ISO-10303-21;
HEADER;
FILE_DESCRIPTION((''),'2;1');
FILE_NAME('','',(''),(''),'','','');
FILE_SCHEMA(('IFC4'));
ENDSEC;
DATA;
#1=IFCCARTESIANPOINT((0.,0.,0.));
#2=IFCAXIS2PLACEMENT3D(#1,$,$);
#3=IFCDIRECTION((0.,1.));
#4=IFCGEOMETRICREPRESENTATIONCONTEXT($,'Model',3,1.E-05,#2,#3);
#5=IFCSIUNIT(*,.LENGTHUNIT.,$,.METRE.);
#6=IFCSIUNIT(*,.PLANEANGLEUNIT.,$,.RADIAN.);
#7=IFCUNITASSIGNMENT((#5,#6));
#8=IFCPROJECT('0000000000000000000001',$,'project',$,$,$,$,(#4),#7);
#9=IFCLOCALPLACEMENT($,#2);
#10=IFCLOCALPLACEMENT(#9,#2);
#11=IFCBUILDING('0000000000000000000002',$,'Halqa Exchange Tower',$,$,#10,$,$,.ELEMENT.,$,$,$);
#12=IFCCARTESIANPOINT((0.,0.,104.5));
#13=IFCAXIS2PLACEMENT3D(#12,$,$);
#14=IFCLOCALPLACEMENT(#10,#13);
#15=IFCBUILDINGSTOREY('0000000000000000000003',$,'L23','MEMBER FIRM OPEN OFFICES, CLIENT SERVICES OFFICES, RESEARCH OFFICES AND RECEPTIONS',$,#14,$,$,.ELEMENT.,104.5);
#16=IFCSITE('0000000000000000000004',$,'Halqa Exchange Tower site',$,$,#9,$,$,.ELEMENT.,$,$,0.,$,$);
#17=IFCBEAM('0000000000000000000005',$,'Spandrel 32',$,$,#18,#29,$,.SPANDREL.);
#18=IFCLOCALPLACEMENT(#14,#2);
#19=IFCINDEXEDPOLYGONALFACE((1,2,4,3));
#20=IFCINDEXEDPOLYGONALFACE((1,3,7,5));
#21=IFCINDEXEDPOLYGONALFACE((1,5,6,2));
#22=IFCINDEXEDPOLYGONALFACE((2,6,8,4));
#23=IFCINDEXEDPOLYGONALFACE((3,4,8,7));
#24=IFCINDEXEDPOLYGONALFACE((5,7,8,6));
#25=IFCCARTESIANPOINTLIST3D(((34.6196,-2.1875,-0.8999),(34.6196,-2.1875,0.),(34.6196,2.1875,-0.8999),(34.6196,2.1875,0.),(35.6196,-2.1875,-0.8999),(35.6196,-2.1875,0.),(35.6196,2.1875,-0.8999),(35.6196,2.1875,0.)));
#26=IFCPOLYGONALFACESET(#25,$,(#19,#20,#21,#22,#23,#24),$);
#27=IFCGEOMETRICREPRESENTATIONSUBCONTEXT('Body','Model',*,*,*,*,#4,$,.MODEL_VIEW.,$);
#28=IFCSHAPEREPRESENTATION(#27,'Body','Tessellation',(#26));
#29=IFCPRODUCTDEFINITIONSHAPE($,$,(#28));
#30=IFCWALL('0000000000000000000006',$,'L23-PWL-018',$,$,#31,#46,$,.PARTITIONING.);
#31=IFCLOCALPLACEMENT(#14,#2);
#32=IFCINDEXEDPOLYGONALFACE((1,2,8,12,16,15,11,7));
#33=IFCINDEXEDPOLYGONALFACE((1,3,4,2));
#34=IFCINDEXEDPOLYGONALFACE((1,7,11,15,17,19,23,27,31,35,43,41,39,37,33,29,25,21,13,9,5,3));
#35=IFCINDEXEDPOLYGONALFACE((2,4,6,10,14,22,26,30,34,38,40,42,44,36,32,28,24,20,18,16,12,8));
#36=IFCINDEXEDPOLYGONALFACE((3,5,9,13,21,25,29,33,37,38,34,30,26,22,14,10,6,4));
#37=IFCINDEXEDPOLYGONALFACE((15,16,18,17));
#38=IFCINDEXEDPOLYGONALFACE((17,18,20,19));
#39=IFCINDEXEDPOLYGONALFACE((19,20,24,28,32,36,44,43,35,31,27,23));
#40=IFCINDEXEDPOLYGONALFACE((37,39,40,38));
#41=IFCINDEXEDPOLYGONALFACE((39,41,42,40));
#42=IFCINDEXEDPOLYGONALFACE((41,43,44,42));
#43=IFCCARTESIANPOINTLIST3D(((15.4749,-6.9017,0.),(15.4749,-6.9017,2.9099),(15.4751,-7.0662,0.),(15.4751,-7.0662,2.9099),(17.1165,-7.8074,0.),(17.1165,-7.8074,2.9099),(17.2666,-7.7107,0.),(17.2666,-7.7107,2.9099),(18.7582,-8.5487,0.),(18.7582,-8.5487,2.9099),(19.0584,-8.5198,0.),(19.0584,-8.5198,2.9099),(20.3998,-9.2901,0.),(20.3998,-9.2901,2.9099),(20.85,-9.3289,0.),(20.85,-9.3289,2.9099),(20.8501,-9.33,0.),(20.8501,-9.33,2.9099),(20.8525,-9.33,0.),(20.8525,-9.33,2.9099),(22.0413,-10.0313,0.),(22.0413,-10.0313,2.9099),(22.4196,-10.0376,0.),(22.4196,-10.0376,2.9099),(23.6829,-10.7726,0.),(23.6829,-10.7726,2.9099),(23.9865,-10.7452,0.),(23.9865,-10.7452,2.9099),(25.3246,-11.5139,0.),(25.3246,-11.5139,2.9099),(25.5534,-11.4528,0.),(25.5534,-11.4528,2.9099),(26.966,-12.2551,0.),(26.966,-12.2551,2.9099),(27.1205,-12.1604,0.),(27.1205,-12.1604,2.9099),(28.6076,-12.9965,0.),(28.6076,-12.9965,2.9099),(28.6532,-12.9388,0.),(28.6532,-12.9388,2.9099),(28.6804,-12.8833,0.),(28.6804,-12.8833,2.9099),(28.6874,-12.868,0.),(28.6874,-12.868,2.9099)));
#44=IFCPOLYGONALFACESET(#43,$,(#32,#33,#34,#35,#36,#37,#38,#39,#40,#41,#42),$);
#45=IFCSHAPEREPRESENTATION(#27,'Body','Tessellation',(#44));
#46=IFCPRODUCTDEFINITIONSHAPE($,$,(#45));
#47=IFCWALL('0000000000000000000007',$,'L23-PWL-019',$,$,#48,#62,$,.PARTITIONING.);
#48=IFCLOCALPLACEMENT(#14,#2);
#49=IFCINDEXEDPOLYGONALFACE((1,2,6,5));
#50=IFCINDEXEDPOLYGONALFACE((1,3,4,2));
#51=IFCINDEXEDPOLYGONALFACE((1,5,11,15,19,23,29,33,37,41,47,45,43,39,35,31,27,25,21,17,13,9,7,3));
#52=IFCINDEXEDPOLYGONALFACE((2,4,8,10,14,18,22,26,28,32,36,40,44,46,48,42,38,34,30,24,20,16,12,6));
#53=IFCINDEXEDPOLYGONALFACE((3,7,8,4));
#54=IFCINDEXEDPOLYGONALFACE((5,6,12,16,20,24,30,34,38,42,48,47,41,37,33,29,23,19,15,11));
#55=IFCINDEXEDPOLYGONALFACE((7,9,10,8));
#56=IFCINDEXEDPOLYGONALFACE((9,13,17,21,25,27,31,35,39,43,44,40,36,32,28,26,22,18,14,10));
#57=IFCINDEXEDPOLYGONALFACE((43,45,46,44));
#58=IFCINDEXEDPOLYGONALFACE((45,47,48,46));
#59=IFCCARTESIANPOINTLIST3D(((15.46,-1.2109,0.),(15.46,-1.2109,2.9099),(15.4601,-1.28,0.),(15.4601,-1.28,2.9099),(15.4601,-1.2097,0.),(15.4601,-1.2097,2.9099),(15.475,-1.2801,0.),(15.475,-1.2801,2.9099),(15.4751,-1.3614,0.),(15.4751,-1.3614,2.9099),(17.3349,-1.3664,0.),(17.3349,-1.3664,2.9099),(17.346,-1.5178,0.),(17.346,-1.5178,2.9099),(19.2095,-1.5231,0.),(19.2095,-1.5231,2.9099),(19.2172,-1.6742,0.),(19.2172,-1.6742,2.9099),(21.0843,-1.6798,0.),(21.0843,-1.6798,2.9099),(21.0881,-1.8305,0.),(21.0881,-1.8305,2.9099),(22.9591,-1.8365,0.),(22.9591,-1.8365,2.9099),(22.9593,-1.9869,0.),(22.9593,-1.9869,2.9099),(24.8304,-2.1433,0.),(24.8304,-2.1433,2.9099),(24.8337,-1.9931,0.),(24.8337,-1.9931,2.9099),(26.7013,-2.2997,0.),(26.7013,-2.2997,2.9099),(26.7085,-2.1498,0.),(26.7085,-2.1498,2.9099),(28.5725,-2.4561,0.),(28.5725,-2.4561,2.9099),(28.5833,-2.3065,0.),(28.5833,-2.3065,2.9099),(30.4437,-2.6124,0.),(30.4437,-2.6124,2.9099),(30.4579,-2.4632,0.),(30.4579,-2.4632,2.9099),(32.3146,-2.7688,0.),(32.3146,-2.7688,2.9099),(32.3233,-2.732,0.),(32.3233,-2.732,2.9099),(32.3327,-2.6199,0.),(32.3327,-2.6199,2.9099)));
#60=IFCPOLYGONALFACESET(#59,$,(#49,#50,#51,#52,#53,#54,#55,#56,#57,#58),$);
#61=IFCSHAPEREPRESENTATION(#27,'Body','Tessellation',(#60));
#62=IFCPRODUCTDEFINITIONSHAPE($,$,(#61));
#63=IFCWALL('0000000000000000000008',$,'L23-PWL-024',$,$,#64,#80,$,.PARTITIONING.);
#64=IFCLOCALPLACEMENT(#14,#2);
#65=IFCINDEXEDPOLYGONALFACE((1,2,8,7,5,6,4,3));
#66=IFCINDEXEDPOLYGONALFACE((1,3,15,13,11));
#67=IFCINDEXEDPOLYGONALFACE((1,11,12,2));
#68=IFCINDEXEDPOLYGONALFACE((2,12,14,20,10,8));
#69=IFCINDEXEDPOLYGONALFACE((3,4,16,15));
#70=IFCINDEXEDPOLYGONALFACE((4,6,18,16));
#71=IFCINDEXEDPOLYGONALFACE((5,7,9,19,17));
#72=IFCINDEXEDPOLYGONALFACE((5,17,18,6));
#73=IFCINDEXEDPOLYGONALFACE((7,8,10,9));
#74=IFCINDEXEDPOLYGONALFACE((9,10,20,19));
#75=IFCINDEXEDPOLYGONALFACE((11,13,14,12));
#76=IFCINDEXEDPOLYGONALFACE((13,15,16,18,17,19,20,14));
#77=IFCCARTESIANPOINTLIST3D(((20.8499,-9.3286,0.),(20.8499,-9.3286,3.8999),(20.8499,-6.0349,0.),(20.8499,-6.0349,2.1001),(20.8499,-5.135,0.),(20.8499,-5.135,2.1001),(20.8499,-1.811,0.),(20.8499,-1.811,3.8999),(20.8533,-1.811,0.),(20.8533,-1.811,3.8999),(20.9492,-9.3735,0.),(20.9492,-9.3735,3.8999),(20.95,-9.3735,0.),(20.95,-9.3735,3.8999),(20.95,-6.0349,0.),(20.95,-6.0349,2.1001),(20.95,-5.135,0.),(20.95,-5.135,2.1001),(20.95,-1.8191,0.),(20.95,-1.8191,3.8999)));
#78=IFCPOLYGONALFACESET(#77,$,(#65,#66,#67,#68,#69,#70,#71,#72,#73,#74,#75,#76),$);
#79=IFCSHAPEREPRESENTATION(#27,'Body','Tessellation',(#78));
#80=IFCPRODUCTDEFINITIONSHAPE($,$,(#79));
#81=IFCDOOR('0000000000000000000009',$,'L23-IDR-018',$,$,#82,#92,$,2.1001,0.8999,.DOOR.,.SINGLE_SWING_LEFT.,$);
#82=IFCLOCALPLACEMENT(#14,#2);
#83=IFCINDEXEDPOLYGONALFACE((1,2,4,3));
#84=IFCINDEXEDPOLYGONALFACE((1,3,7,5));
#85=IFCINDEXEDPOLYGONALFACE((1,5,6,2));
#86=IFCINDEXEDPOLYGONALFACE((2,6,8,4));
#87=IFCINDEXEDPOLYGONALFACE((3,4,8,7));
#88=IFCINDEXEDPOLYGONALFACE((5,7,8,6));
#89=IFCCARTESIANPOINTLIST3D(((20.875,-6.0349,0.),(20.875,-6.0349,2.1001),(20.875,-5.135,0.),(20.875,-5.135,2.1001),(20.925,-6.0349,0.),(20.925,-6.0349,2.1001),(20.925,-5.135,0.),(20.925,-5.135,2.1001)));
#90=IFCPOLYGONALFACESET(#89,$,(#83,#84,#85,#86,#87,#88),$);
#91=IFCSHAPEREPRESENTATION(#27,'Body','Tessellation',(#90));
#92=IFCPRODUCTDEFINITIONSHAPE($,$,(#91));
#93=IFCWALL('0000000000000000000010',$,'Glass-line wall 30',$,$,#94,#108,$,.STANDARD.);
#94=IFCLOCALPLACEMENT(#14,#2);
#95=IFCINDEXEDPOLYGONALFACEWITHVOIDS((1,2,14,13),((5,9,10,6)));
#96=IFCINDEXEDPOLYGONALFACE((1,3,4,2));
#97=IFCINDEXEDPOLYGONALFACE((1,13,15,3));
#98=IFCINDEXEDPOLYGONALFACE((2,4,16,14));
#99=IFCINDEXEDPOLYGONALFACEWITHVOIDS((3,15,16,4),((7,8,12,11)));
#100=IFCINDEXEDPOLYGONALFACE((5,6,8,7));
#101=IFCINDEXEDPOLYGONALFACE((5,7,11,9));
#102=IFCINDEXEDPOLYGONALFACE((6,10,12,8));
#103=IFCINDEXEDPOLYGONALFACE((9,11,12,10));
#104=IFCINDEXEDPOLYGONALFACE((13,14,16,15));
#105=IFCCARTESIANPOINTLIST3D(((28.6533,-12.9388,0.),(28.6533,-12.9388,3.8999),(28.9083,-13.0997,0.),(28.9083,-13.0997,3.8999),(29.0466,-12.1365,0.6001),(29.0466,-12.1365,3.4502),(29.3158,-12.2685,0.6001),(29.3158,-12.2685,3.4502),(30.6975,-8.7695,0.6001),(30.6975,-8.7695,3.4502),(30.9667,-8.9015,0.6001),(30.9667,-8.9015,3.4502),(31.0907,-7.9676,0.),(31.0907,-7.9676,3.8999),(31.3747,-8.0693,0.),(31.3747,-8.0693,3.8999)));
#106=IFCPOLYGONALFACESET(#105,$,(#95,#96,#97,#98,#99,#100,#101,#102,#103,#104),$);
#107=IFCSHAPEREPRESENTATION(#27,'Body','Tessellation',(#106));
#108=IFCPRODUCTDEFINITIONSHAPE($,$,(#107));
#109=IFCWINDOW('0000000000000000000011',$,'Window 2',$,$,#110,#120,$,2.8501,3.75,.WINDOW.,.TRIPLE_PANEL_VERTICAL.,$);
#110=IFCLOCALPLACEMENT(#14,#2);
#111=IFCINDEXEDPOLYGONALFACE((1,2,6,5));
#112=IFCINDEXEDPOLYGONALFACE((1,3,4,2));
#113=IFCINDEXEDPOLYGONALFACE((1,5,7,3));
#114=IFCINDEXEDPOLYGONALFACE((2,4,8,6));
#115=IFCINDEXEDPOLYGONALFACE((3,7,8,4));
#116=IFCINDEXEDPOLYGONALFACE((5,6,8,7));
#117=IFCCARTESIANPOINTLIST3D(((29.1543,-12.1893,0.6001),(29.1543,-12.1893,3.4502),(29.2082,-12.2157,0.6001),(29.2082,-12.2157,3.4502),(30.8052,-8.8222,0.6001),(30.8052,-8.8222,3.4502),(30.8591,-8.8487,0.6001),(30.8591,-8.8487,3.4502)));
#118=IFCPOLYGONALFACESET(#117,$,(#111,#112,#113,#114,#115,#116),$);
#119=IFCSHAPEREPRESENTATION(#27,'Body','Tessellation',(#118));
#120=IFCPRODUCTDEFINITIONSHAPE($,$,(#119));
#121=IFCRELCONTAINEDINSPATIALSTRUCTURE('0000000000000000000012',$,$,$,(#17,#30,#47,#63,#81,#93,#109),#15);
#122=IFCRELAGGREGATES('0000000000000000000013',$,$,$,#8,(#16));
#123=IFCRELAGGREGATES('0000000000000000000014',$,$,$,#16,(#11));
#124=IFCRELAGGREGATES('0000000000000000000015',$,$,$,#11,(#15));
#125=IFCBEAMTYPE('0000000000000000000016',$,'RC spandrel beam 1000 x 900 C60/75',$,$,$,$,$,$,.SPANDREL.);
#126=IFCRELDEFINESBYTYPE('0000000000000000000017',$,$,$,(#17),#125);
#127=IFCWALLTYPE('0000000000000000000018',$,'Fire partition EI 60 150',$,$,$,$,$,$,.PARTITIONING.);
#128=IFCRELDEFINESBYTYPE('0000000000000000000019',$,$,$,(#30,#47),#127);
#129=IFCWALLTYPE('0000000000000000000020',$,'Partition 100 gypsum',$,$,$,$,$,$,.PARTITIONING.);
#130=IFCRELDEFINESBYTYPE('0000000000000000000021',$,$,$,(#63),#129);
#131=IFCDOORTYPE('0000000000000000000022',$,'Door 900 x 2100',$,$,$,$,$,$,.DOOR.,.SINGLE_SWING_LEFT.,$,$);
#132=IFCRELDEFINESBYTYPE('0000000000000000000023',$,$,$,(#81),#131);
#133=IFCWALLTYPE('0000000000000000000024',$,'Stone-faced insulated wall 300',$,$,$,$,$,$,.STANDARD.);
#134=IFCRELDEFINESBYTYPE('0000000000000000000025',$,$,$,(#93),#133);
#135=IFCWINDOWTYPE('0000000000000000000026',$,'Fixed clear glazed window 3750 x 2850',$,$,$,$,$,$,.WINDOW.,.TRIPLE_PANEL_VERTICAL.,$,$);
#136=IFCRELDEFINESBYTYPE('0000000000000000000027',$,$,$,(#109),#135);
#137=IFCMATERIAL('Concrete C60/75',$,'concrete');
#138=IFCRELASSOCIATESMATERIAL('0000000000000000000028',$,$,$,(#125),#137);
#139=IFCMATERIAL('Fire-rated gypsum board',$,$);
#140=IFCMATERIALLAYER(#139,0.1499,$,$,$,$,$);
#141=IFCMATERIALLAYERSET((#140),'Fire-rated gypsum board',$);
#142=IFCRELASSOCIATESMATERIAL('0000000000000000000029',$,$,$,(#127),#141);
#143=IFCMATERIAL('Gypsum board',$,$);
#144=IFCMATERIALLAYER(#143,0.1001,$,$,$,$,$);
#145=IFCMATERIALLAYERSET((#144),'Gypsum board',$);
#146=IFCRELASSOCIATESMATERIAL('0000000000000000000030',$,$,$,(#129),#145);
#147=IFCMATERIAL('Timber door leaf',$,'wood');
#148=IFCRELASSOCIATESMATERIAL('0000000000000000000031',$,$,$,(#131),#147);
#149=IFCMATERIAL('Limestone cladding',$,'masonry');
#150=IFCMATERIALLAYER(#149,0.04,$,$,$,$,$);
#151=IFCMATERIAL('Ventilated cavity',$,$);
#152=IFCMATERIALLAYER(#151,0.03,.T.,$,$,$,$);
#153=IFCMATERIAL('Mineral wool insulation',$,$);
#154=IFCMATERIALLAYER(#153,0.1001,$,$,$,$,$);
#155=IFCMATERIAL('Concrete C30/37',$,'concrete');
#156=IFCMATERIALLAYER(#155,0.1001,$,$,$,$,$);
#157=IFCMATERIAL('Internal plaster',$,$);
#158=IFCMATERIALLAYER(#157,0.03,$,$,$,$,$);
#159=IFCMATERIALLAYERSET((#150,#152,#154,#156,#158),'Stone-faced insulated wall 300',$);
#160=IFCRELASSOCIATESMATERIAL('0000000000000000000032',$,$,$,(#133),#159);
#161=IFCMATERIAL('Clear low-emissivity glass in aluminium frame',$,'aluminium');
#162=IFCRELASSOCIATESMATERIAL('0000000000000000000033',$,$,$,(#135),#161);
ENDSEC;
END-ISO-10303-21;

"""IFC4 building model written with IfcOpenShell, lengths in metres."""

from ifc_helpers import new_model, si_unit, direction, frame, frame_2d, origin, origin_2d, place, context, subcontext, project, spatial, polyline, rectangle, outline, extrude, material, layer, layer_set, material_profile, profile_set, type_object, element, fill, save


model = new_model("IFC4")

# Units and contexts
model_context = context("Model", 3, precision=1e-05, world=origin(), true_north=direction((0.0, 1.0)))
body_context = subcontext(model_context, "Body", "Model", "MODEL_VIEW")
ifc_project = project(units=[si_unit("LENGTHUNIT", "METRE"), si_unit("PLANEANGLEUNIT", "RADIAN")], contexts=[model_context])

# Site, building, storey
site_placement = place(None, origin())
site = spatial("IfcSite", under=ifc_project, at=site_placement, Name="Halqa Exchange Tower site", CompositionType="ELEMENT", RefElevation=0.0)
building_placement = place(site_placement, origin())
building = spatial("IfcBuilding", under=site, at=building_placement, Name="Halqa Exchange Tower", CompositionType="ELEMENT")
storey_placement = place(building_placement, frame((0.0, 0.0, 104.5)))
storey = spatial("IfcBuildingStorey", under=building, at=storey_placement, Name="L23", Description="MEMBER FIRM OPEN OFFICES, CLIENT SERVICES OFFICES, RESEARCH OFFICES AND RECEPTIONS", CompositionType="ELEMENT", Elevation=104.5)

# Beam
ifc_material_1 = material(Name="Concrete C60/75", Category="concrete")
ifc_material_profile_1 = material_profile(ifc_material_1, rectangle(XDim=1.0, YDim=0.8999, at=origin_2d()), Name="1000 x 900")
ifc_profile_set_1 = profile_set([ifc_material_profile_1], Name="Concrete C60/75")
beam_type_1 = type_object("IfcBeamType", Name="RC spandrel beam 1000 x 900 C60/75", PredefinedType="SPANDREL", material=ifc_profile_set_1)
beam_1_placement = place(storey_placement, frame((35.1196, -2.1875, -0.45), z_axis=(0.0, 1.0, 0.0), x_axis=(-1.0, 0.0, 0.0)))
element("IfcBeam", 1, at=beam_1_placement, inside=storey, type_object=beam_type_1, Name="Spandrel 32", PredefinedType="SPANDREL", context=body_context, shape_type="SweptSolid", body=[
    extrude(rectangle(XDim=1.0, YDim=0.8999, at=origin_2d()), origin(), (0.0, 0.0, 1.0), 4.375),
])

# Walls
ifc_material_2 = material(Name="Fire-rated gypsum board")
ifc_layer_1 = layer(ifc_material_2, 0.1499)
ifc_layer_set_1 = layer_set([ifc_layer_1], Name="Fire-rated gypsum board")
wall_type_1 = type_object("IfcWallType", Name="Fire partition EI 60 150", PredefinedType="PARTITIONING", material=ifc_layer_set_1)
wall_1_placement = place(storey_placement, frame((15.4441, -6.97, 0.0), z_axis=(0.0, 0.0, 1.0), x_axis=(0.911386, -0.411553, 0.0)))
element("IfcWall", 2, at=wall_1_placement, inside=storey, type_object=wall_type_1, Name="L23-PWL-018", PredefinedType="PARTITIONING", context=body_context, shape_type="SweptSolid", body=[
    extrude(outline(polyline([(0.0679, -0.075), (1.8689, -0.075), (3.6702, -0.075), (5.4714, -0.075), (7.2725, -0.075), (9.0737, -0.075), (10.875, -0.075), (12.676, -0.075), (14.4773, -0.075), (14.4951, -0.0037), (14.4971, 0.0581), (14.4971, 0.075), (12.7778, 0.075), (11.0583, 0.075), (9.3391, 0.075), (7.6199, 0.075), (5.9004, 0.075), (5.8982, 0.074), (5.8977, 0.075), (3.9319, 0.075), (1.9658, 0.075), (0.0, 0.075), (0.0679, -0.075)])), origin(), (0.0, 0.0, 1.0), 2.9099),
])
wall_2_placement = place(storey_placement, frame((15.4539, -1.2844, 0.0), z_axis=(0.0, 0.0, 1.0), x_axis=(0.996526, -0.083287, 0.0)))
element("IfcWall", 3, at=wall_2_placement, inside=storey, type_object=wall_type_1, Name="L23-PWL-019", PredefinedType="PARTITIONING", context=body_context, shape_type="SweptSolid", body=[
    extrude(outline(polyline([(0.0276, -0.075), (1.905, -0.075), (3.7827, -0.075), (5.6602, -0.075), (7.5378, -0.075), (9.4155, -0.075), (11.293, -0.075), (13.1707, -0.075), (15.0483, -0.075), (16.9258, -0.075), (16.9314, -0.0376), (16.9314, 0.075), (15.05, 0.075), (13.1689, 0.075), (11.2876, 0.075), (9.4062, 0.075), (7.5251, 0.075), (5.6438, 0.075), (3.7625, 0.075), (1.8813, 0.075), (0.0, 0.075), (0.0, 0.0737), (0.0059, 0.0049), (0.0208, 0.0061), (0.0276, -0.075)])), origin(), (0.0, 0.0, 1.0), 2.9099),
])

# Wall, opening, door
ifc_material_3 = material(Name="Gypsum board")
ifc_layer_2 = layer(ifc_material_3, 0.1001)
ifc_layer_set_2 = layer_set([ifc_layer_2], Name="Gypsum board")
wall_type_2 = type_object("IfcWallType", Name="Partition 100 gypsum", PredefinedType="PARTITIONING", material=ifc_layer_set_2)
wall_3_placement = place(storey_placement, frame((20.8999, -1.811, 0.0), z_axis=(0.0, 0.0, 1.0), x_axis=(0.0, -1.0, 0.0)))
wall_3 = element("IfcWall", 4, at=wall_3_placement, inside=storey, type_object=wall_type_2, Name="L23-PWL-024", PredefinedType="PARTITIONING", context=body_context, shape_type="SweptSolid", body=[
    extrude(outline(polyline([(0.0, -0.05), (1.8794, -0.05), (3.7588, -0.05), (5.6382, -0.05), (7.5176, -0.05), (7.5625, 0.0493), (7.5625, 0.05), (5.6738, 0.05), (3.7854, 0.05), (1.8967, 0.05), (0.0081, 0.05), (0.0, -0.0466), (0.0, -0.05)])), origin(), (0.0, 0.0, 1.0), 3.8999),
])
opening_1_placement = place(wall_3_placement, frame((3.324, 0.0, 0.0)))
opening_1 = element("IfcOpeningElement", 5, at=opening_1_placement, cuts=wall_3, PredefinedType="OPENING", context=body_context, shape_type="SweptSolid", body=[
    extrude(rectangle(XDim=0.8999, YDim=2.1001, at=frame_2d((0.45, 1.05))), frame((0.0, 0.062, 0.0), z_axis=(0.0, -1.0, 0.0), x_axis=(1.0, 0.0, 0.0)), (0.0, 0.0, 1.0), 0.124),
])
ifc_material_4 = material(Name="Timber door leaf", Category="wood")
door_type_1 = type_object("IfcDoorType", Name="Door 900 x 2100", OperationType="SINGLE_SWING_LEFT", PredefinedType="DOOR", material=ifc_material_4)
door_1_placement = place(opening_1_placement, frame((0.8999, 0.0, 0.0), z_axis=(0.0, 0.0, 1.0), x_axis=(-1.0, 0.0, 0.0)))
door_1 = element("IfcDoor", 6, at=door_1_placement, inside=storey, type_object=door_type_1, Name="L23-IDR-018", OperationType="SINGLE_SWING_LEFT", OverallHeight=2.1001, OverallWidth=0.8999, PredefinedType="DOOR", context=body_context, shape_type="SweptSolid", body=[
    extrude(rectangle(XDim=0.8999, YDim=2.1001, at=frame_2d((0.45, 1.05))), frame((0.0, 0.0249, 0.0), z_axis=(0.0, -1.0, 0.0), x_axis=(1.0, 0.0, 0.0)), (0.0, 0.0, 1.0), 0.05),
])
fill(opening_1, door_1)

# Wall, opening, window
ifc_material_5 = material(Name="Limestone cladding", Category="masonry")
ifc_layer_3 = layer(ifc_material_5, 0.04)
ifc_material_6 = material(Name="Ventilated cavity")
ifc_layer_4 = layer(ifc_material_6, 0.03, ventilated=True)
ifc_material_7 = material(Name="Mineral wool insulation")
ifc_layer_5 = layer(ifc_material_7, 0.1001)
ifc_material_8 = material(Name="Concrete C30/37", Category="concrete")
ifc_layer_6 = layer(ifc_material_8, 0.1001)
ifc_material_9 = material(Name="Internal plaster")
ifc_layer_7 = layer(ifc_material_9, 0.03)
ifc_layer_set_3 = layer_set([ifc_layer_3, ifc_layer_4, ifc_layer_5, ifc_layer_6, ifc_layer_7], Name="Stone-faced insulated wall 300")
wall_type_3 = type_object("IfcWallType", Name="Stone-faced insulated wall 300", PredefinedType="STANDARD", material=ifc_layer_set_3)
wall_4_placement = place(storey_placement, frame((28.7808, -13.0193, 0.0), z_axis=(0.0, 0.0, 1.0), x_axis=(0.440239, 0.897881, 0.0)))
wall_4 = element("IfcWall", 7, at=wall_4_placement, inside=storey, type_object=wall_type_3, Name="Glass-line wall 30", PredefinedType="STANDARD", context=body_context, shape_type="SweptSolid", body=[
    extrude(outline(polyline([(-0.0161, -0.1499), (5.5864, -0.1499), (5.5527, 0.1499), (0.0161, 0.1499), (-0.0161, -0.1499)])), origin(), (0.0, 0.0, 1.0), 3.8999),
])
opening_2_placement = place(wall_4_placement, frame((0.9097, 0.0, 0.6001)))
opening_2 = element("IfcOpeningElement", 8, at=opening_2_placement, cuts=wall_4, PredefinedType="OPENING", context=body_context, shape_type="SweptSolid", body=[
    extrude(rectangle(XDim=3.75, YDim=2.8501, at=frame_2d((1.875, 1.425))), frame((0.0, 0.1621, 0.0), z_axis=(0.0, -1.0, 0.0), x_axis=(1.0, 0.0, 0.0)), (0.0, 0.0, 1.0), 0.324),
])
ifc_material_10 = material(Name="Clear low-emissivity glass in aluminium frame", Category="aluminium")
window_type = type_object("IfcWindowType", Name="Fixed clear glazed window 3750 x 2850", PartitioningType="TRIPLE_PANEL_VERTICAL", PredefinedType="WINDOW", material=ifc_material_10)
window_1_placement = place(opening_2_placement, origin())
window_1 = element("IfcWindow", 9, at=window_1_placement, inside=storey, type_object=window_type, Name="Window 2", OverallHeight=2.8501, OverallWidth=3.75, PartitioningType="TRIPLE_PANEL_VERTICAL", PredefinedType="WINDOW", context=body_context, shape_type="SweptSolid", body=[
    extrude(rectangle(XDim=3.75, YDim=2.8501, at=frame_2d((1.875, 1.425))), frame((0.0, 0.03, 0.0), z_axis=(0.0, -1.0, 0.0), x_axis=(1.0, 0.0, 0.0)), (0.0, 0.0, 1.0), 0.0601),
])
fill(opening_2, window_1)

save(model, "model.ifc")
